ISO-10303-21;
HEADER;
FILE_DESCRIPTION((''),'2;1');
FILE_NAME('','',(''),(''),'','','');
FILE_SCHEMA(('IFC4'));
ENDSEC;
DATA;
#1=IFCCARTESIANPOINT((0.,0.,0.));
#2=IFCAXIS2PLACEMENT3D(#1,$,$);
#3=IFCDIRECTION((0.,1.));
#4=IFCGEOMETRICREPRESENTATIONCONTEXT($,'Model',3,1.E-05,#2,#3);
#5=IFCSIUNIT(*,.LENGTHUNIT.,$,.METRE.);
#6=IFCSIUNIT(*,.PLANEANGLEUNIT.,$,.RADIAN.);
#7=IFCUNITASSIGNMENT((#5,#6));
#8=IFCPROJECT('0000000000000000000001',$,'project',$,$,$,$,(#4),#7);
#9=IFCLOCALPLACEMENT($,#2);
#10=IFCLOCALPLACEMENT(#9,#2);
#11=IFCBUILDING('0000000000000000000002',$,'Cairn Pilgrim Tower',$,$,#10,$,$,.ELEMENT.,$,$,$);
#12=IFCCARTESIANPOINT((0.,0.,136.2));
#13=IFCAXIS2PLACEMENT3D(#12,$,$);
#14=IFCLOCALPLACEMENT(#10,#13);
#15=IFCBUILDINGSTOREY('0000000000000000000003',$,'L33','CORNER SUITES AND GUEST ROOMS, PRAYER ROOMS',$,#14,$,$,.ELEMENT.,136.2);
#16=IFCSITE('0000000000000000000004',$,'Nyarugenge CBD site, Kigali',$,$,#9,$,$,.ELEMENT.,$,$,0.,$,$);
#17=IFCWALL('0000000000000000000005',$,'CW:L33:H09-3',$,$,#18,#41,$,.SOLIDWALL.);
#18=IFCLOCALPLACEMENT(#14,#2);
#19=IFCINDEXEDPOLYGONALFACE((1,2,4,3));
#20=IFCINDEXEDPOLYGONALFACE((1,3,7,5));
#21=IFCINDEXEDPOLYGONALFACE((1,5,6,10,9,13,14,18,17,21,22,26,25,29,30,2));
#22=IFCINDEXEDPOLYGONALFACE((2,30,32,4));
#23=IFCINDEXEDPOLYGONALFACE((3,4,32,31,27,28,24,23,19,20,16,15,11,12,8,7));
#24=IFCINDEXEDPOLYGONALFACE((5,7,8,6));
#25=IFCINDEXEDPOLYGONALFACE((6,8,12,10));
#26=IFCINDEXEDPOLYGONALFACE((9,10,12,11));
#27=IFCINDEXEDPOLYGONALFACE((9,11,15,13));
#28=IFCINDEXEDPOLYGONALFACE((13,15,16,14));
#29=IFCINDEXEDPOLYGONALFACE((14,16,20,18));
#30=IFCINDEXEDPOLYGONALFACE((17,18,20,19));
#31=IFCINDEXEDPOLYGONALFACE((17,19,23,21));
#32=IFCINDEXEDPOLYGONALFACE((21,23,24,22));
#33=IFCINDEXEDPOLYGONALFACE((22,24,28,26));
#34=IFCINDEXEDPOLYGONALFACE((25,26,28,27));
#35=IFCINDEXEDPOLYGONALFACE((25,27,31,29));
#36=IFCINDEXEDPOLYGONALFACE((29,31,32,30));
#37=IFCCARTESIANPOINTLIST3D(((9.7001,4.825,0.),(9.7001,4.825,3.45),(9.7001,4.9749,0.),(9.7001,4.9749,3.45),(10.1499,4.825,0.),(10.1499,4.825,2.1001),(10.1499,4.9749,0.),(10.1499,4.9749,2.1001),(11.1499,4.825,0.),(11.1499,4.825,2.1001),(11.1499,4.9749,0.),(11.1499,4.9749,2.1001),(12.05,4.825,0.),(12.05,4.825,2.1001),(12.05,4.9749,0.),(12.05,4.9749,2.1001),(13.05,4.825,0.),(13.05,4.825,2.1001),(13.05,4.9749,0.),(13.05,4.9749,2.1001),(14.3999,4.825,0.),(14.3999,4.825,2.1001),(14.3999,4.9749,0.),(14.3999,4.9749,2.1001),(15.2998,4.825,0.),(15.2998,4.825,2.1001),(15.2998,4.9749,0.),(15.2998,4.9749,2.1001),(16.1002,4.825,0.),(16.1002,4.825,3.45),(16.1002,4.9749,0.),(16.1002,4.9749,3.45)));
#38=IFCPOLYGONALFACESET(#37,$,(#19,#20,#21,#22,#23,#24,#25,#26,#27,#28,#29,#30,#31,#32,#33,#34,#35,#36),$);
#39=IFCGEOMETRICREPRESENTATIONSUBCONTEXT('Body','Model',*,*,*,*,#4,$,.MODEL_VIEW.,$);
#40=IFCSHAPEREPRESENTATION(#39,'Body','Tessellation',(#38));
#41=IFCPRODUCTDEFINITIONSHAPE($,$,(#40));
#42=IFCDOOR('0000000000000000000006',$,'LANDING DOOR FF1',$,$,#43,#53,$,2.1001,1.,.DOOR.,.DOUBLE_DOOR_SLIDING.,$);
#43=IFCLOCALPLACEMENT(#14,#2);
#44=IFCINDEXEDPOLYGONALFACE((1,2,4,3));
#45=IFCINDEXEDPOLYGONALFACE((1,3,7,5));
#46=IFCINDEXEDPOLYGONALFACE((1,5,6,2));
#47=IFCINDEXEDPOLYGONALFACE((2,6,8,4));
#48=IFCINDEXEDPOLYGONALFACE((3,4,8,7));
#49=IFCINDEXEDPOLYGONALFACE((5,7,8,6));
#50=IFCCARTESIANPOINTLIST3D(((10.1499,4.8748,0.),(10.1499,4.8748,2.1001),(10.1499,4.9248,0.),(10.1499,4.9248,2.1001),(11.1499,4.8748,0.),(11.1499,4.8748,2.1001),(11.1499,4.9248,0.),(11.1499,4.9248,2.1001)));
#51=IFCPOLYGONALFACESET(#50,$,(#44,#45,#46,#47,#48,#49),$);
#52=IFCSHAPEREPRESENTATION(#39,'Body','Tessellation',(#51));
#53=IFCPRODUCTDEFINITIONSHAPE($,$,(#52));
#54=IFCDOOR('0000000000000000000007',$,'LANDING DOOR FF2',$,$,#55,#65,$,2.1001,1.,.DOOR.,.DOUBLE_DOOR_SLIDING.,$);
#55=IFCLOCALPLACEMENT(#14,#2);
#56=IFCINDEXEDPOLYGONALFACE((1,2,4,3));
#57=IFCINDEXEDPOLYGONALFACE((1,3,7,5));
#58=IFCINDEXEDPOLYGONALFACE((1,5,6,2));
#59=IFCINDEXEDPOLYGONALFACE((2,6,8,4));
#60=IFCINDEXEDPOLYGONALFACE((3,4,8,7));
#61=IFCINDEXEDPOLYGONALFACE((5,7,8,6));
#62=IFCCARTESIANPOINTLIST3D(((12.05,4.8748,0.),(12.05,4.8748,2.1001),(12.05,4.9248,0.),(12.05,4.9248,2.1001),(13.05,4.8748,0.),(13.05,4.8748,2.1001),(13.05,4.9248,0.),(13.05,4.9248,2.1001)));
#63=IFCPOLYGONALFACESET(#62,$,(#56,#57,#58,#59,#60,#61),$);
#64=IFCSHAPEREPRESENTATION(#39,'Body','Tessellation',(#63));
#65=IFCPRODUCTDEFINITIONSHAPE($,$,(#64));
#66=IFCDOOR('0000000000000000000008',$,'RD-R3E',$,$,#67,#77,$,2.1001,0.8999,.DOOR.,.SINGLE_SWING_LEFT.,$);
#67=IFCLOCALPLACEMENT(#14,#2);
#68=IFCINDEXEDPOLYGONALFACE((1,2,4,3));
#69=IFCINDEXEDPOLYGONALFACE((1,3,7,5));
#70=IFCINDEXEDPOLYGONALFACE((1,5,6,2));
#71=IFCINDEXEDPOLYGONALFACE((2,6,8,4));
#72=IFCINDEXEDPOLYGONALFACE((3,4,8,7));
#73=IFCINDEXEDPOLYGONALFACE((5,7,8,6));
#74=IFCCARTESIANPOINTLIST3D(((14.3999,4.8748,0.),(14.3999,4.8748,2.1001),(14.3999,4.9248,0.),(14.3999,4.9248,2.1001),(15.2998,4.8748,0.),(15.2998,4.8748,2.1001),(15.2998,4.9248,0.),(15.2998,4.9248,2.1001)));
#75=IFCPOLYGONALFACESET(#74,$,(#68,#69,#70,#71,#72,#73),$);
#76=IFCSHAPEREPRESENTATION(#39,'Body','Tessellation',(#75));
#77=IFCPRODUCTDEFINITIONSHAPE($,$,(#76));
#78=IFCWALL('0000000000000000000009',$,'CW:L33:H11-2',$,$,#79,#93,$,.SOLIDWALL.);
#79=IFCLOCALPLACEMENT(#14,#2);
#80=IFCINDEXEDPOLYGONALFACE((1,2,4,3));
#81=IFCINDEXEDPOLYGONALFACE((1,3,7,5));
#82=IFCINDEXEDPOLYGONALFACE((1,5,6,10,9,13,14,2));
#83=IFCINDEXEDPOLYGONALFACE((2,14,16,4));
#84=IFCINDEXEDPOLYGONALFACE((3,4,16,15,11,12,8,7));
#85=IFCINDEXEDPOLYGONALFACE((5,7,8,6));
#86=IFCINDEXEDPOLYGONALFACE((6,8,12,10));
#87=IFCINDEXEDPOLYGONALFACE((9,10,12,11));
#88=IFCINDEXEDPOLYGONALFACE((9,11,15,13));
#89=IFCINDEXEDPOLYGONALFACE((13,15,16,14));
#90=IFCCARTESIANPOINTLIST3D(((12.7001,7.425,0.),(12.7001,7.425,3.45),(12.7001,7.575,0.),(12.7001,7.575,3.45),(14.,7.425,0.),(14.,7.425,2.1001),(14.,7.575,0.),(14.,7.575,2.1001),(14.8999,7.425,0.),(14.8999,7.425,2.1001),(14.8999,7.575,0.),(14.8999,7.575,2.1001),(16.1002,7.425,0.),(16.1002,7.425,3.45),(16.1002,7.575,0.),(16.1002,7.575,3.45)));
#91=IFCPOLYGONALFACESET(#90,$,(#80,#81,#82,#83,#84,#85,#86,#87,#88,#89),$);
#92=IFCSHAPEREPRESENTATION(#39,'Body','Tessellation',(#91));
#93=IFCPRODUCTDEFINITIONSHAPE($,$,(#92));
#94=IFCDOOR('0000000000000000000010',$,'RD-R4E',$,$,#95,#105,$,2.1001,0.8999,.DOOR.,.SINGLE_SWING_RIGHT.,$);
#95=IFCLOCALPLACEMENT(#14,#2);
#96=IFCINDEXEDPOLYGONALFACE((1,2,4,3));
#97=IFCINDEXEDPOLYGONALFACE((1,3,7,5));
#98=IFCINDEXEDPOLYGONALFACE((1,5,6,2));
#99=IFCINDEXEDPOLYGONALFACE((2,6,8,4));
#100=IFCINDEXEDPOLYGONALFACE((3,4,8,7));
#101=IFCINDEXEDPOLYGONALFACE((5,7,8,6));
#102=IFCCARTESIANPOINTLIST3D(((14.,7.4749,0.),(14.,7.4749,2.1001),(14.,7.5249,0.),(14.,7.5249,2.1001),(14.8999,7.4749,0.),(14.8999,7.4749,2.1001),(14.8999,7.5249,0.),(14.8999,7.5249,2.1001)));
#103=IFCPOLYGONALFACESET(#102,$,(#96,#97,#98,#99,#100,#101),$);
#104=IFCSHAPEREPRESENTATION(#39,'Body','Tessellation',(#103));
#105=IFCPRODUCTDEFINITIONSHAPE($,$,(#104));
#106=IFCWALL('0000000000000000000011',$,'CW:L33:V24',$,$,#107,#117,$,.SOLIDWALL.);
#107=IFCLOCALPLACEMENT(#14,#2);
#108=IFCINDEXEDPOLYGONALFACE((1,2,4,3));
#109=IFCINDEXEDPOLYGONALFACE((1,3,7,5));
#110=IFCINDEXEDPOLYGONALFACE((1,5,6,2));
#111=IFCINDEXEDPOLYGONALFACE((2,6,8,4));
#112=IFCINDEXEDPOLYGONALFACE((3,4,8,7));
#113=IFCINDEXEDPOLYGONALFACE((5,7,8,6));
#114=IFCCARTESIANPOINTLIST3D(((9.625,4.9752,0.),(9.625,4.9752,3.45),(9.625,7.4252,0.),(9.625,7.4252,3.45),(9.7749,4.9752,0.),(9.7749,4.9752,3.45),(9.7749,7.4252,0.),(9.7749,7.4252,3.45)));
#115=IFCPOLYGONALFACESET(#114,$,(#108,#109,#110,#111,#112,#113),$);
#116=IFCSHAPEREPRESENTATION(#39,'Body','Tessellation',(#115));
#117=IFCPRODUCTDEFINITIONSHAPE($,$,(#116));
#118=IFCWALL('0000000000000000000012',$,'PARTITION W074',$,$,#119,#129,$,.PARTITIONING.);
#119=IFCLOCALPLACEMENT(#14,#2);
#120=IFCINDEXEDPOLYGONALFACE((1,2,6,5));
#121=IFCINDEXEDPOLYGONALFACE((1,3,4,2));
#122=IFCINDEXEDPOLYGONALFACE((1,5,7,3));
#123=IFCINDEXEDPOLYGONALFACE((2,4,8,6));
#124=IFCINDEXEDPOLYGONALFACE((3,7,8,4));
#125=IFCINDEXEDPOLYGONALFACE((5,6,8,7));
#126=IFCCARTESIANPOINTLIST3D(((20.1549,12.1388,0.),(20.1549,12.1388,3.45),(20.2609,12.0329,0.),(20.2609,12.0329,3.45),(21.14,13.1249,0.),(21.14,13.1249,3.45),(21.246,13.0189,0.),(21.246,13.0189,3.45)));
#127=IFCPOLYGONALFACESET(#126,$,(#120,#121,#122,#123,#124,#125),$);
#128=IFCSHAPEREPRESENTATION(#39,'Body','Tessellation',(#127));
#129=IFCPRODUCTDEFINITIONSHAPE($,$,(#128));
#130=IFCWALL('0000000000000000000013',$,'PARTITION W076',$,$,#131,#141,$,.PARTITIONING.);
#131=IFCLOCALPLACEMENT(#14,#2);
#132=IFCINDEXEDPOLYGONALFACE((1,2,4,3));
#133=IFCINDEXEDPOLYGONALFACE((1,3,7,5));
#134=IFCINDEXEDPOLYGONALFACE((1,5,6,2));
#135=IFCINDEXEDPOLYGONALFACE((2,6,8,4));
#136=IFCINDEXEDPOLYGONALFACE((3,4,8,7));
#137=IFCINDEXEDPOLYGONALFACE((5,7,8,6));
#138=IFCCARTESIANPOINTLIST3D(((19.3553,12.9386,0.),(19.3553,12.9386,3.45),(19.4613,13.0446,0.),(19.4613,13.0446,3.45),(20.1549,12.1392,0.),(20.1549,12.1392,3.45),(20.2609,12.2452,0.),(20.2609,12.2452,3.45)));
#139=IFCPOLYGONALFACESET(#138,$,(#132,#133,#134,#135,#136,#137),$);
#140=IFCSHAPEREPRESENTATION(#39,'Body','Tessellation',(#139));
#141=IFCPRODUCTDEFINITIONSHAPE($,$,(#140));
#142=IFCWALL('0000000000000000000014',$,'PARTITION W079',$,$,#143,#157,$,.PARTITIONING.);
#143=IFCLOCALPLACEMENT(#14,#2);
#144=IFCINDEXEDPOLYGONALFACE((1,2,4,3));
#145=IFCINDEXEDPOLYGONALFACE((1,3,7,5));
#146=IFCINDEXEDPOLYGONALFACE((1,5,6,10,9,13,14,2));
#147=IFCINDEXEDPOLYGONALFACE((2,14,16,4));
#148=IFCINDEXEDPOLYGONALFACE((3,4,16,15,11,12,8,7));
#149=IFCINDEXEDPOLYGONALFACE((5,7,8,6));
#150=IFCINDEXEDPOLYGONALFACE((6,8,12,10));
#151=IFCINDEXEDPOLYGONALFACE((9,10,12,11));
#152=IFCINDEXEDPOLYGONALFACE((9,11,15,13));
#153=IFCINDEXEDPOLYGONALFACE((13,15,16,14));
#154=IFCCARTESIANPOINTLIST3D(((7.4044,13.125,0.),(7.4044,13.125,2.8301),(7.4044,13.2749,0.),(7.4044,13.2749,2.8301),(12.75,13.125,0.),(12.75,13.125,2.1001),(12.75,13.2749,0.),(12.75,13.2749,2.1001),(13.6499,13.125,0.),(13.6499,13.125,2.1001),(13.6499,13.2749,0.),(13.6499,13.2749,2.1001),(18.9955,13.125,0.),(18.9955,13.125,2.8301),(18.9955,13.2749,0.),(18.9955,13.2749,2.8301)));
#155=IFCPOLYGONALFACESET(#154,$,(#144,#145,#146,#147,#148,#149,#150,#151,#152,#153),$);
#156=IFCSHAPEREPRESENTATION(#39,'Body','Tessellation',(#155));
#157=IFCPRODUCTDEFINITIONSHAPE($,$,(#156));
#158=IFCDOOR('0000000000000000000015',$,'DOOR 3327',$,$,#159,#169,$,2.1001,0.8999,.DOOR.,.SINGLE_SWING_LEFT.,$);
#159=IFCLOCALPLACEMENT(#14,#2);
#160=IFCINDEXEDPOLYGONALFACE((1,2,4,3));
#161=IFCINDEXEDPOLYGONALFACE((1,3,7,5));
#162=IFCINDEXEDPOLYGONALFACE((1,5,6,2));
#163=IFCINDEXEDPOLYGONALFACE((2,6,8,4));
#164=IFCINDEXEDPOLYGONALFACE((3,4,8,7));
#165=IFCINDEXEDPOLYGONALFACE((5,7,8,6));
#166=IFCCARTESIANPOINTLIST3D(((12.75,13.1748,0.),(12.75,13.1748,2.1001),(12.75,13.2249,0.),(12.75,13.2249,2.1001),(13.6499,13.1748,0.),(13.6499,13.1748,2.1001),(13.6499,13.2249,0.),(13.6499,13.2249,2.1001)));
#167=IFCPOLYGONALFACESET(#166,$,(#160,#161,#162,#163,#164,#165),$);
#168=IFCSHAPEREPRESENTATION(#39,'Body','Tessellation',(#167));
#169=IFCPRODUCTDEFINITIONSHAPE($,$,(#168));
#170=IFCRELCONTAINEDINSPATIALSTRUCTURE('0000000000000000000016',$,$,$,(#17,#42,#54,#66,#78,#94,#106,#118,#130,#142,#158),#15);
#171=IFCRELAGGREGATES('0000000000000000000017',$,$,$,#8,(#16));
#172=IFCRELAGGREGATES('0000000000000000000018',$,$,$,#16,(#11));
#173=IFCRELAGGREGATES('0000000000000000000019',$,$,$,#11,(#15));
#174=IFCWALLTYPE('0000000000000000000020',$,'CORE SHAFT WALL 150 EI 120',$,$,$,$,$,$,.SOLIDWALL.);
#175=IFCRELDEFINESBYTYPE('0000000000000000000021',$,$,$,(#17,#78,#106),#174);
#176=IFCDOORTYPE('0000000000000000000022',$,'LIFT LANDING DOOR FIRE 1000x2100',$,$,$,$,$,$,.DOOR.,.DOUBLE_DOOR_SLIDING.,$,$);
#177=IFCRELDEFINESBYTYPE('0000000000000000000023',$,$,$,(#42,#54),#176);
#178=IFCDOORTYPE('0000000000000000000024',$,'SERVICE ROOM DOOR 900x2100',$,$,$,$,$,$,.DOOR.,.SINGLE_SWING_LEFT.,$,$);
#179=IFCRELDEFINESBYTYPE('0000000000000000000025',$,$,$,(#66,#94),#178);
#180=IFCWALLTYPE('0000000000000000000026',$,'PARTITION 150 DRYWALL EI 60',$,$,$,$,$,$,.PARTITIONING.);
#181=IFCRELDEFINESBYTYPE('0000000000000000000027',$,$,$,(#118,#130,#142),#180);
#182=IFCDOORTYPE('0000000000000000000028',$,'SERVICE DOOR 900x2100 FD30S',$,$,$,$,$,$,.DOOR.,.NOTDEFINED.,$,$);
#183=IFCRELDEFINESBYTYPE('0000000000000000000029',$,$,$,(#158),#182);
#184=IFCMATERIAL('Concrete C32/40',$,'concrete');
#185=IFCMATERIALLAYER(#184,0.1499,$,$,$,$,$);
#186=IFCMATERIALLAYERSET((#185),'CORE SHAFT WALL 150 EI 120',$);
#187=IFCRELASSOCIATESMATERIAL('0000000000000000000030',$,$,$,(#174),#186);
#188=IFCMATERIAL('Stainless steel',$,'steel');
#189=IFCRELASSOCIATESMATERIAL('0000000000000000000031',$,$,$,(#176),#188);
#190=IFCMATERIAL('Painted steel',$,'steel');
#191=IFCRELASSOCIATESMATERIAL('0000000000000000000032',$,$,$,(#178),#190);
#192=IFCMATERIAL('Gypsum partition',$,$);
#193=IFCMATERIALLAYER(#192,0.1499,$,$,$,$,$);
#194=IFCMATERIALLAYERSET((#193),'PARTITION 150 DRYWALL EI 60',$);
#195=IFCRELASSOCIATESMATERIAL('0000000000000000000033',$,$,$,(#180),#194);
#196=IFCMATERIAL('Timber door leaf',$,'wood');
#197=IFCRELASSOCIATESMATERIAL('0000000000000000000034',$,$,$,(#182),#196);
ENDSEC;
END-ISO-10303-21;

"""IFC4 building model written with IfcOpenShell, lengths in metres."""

from ifc_helpers import new_model, si_unit, direction, frame, frame_2d, origin, place, context, subcontext, project, spatial, rectangle, extrude, material, layer, layer_set, type_object, element, fill, save


model = new_model("IFC4")

# Units and contexts
model_context = context("Model", 3, precision=1e-05, world=origin(), true_north=direction((0.0, 1.0)))
body_context = subcontext(model_context, "Body", "Model", "MODEL_VIEW")
ifc_project = project(units=[si_unit("LENGTHUNIT", "METRE"), si_unit("PLANEANGLEUNIT", "RADIAN")], contexts=[model_context])

# Site, building, storey
site_placement = place(None, origin())
site = spatial("IfcSite", under=ifc_project, at=site_placement, Name="Nyarugenge CBD site, Kigali", CompositionType="ELEMENT", RefElevation=0.0)
building_placement = place(site_placement, origin())
building = spatial("IfcBuilding", under=site, at=building_placement, Name="Cairn Pilgrim Tower", CompositionType="ELEMENT")
storey_placement = place(building_placement, frame((0.0, 0.0, 136.2)))
storey = spatial("IfcBuildingStorey", under=building, at=storey_placement, Name="L33", Description="CORNER SUITES AND GUEST ROOMS, PRAYER ROOMS", CompositionType="ELEMENT", Elevation=136.2)

# Shared definitions
ifc_material_1 = material(Name="Concrete C32/40", Category="concrete")

# Wall, openings, doors
ifc_layer_1 = layer(ifc_material_1, 0.1499)
ifc_layer_set_1 = layer_set([ifc_layer_1], Name="CORE SHAFT WALL 150 EI 120")
wall_type_1 = type_object("IfcWallType", Name="CORE SHAFT WALL 150 EI 120", PredefinedType="SOLIDWALL", material=ifc_layer_set_1)
wall_1_placement = place(storey_placement, frame((9.7, 4.8999, 0.0), z_axis=(0.0, 0.0, 1.0), x_axis=(1.0, 0.0, 0.0)))
wall_1 = element("IfcWall", 1, at=wall_1_placement, inside=storey, type_object=wall_type_1, Name="CW:L33:H09-3", PredefinedType="SOLIDWALL", context=body_context, shape_type="SweptSolid", body=[
    extrude(rectangle(XDim=6.4001, YDim=0.1499, at=frame_2d((3.2002, 0.0))), origin(), (0.0, 0.0, 1.0), 3.45),
])
opening_1_placement = place(wall_1_placement, frame((0.45, 0.0, 0.0)))
opening_1 = element("IfcOpeningElement", 2, at=opening_1_placement, cuts=wall_1, PredefinedType="OPENING", context=body_context, shape_type="SweptSolid", body=[
    extrude(rectangle(XDim=1.0, YDim=2.1001, at=frame_2d((0.5, 1.05))), frame((0.0, 0.085, 0.0), z_axis=(0.0, -1.0, 0.0), x_axis=(1.0, 0.0, 0.0)), (0.0, 0.0, 1.0), 0.1699),
])
opening_2_placement = place(wall_1_placement, frame((2.3501, 0.0, 0.0)))
opening_2 = element("IfcOpeningElement", 3, at=opening_2_placement, cuts=wall_1, PredefinedType="OPENING", context=body_context, shape_type="SweptSolid", body=[
    extrude(rectangle(XDim=1.0, YDim=2.1001, at=frame_2d((0.5, 1.05))), frame((0.0, 0.085, 0.0), z_axis=(0.0, -1.0, 0.0), x_axis=(1.0, 0.0, 0.0)), (0.0, 0.0, 1.0), 0.1699),
])
opening_3_placement = place(wall_1_placement, frame((4.7, 0.0, 0.0)))
opening_3 = element("IfcOpeningElement", 4, at=opening_3_placement, cuts=wall_1, PredefinedType="OPENING", context=body_context, shape_type="SweptSolid", body=[
    extrude(rectangle(XDim=0.8999, YDim=2.1001, at=frame_2d((0.45, 1.05))), frame((0.0, 0.085, 0.0), z_axis=(0.0, -1.0, 0.0), x_axis=(1.0, 0.0, 0.0)), (0.0, 0.0, 1.0), 0.1699),
])
ifc_material_2 = material(Name="Stainless steel", Category="steel")
door_type_1 = type_object("IfcDoorType", Name="LIFT LANDING DOOR FIRE 1000x2100", OperationType="DOUBLE_DOOR_SLIDING", PredefinedType="DOOR", material=ifc_material_2)
door_1_placement = place(opening_1_placement, origin())
door_1 = element("IfcDoor", 5, at=door_1_placement, inside=storey, type_object=door_type_1, Name="LANDING DOOR FF1", OperationType="DOUBLE_DOOR_SLIDING", OverallHeight=2.1001, OverallWidth=1.0, PredefinedType="DOOR", context=body_context, shape_type="SweptSolid", body=[
    extrude(rectangle(XDim=1.0, YDim=2.1001, at=frame_2d((0.5, 1.05))), frame((0.0, 0.0249, 0.0), z_axis=(0.0, -1.0, 0.0), x_axis=(1.0, 0.0, 0.0)), (0.0, 0.0, 1.0), 0.05),
])
fill(opening_1, door_1)
door_2_placement = place(opening_2_placement, origin())
door_2 = element("IfcDoor", 6, at=door_2_placement, inside=storey, type_object=door_type_1, Name="LANDING DOOR FF2", OperationType="DOUBLE_DOOR_SLIDING", OverallHeight=2.1001, OverallWidth=1.0, PredefinedType="DOOR", context=body_context, shape_type="SweptSolid", body=[
    extrude(rectangle(XDim=1.0, YDim=2.1001, at=frame_2d((0.5, 1.05))), frame((0.0, 0.0249, 0.0), z_axis=(0.0, -1.0, 0.0), x_axis=(1.0, 0.0, 0.0)), (0.0, 0.0, 1.0), 0.05),
])
fill(opening_2, door_2)
ifc_material_3 = material(Name="Painted steel", Category="steel")
door_type_2 = type_object("IfcDoorType", Name="SERVICE ROOM DOOR 900x2100", OperationType="SINGLE_SWING_LEFT", PredefinedType="DOOR", material=ifc_material_3)
door_3_placement = place(opening_3_placement, origin())
door_3 = element("IfcDoor", 7, at=door_3_placement, inside=storey, type_object=door_type_2, Name="RD-R3E", OperationType="SINGLE_SWING_LEFT", OverallHeight=2.1001, OverallWidth=0.8999, PredefinedType="DOOR", context=body_context, shape_type="SweptSolid", body=[
    extrude(rectangle(XDim=0.8999, YDim=2.1001, at=frame_2d((0.45, 1.05))), frame((0.0, 0.0249, 0.0), z_axis=(0.0, -1.0, 0.0), x_axis=(1.0, 0.0, 0.0)), (0.0, 0.0, 1.0), 0.05),
])
fill(opening_3, door_3)

# Wall, opening, door
wall_2_placement = place(storey_placement, frame((12.7, 7.5, 0.0), z_axis=(0.0, 0.0, 1.0), x_axis=(1.0, 0.0, 0.0)))
wall_2 = element("IfcWall", 8, at=wall_2_placement, inside=storey, type_object=wall_type_1, Name="CW:L33:H11-2", PredefinedType="SOLIDWALL", context=body_context, shape_type="SweptSolid", body=[
    extrude(rectangle(XDim=3.4001, YDim=0.1499, at=frame_2d((1.7002, 0.0))), origin(), (0.0, 0.0, 1.0), 3.45),
])
opening_4_placement = place(wall_2_placement, frame((1.3, 0.0, 0.0)))
opening_4 = element("IfcOpeningElement", 9, at=opening_4_placement, cuts=wall_2, PredefinedType="OPENING", context=body_context, shape_type="SweptSolid", body=[
    extrude(rectangle(XDim=0.8999, YDim=2.1001, at=frame_2d((0.45, 1.05))), frame((0.0, 0.085, 0.0), z_axis=(0.0, -1.0, 0.0), x_axis=(1.0, 0.0, 0.0)), (0.0, 0.0, 1.0), 0.1699),
])
door_4_placement = place(opening_4_placement, origin())
door_4 = element("IfcDoor", 10, at=door_4_placement, inside=storey, type_object=door_type_2, Name="RD-R4E", OperationType="SINGLE_SWING_RIGHT", OverallHeight=2.1001, OverallWidth=0.8999, PredefinedType="DOOR", context=body_context, shape_type="SweptSolid", body=[
    extrude(rectangle(XDim=0.8999, YDim=2.1001, at=frame_2d((0.45, 1.05))), frame((0.0, 0.0249, 0.0), z_axis=(0.0, -1.0, 0.0), x_axis=(1.0, 0.0, 0.0)), (0.0, 0.0, 1.0), 0.05),
])
fill(opening_4, door_4)

# Walls
wall_3_placement = place(storey_placement, frame((9.7, 4.9751, 0.0), z_axis=(0.0, 0.0, 1.0), x_axis=(0.0, 1.0, 0.0)))
element("IfcWall", 11, at=wall_3_placement, inside=storey, type_object=wall_type_1, Name="CW:L33:V24", PredefinedType="SOLIDWALL", context=body_context, shape_type="SweptSolid", body=[
    extrude(rectangle(XDim=2.45, YDim=0.1499, at=frame_2d((1.2251, 0.0))), origin(), (0.0, 0.0, 1.0), 3.45),
])
ifc_material_4 = material(Name="Gypsum partition")
ifc_layer_2 = layer(ifc_material_4, 0.1499)
ifc_layer_set_2 = layer_set([ifc_layer_2], Name="PARTITION 150 DRYWALL EI 60")
wall_type_2 = type_object("IfcWallType", Name="PARTITION 150 DRYWALL EI 60", PredefinedType="PARTITIONING", material=ifc_layer_set_2)
wall_4_placement = place(storey_placement, frame((20.208, 12.0859, 0.0), z_axis=(0.0, 0.0, 1.0), x_axis=(0.706756, 0.707457, 0.0)))
element("IfcWall", 12, at=wall_4_placement, inside=storey, type_object=wall_type_2, Name="PARTITION W074", PredefinedType="PARTITIONING", context=body_context, shape_type="SweptSolid", body=[
    extrude(rectangle(XDim=1.3938, YDim=0.1499, at=frame_2d((0.6968, 0.0))), origin(), (0.0, 0.0, 1.0), 3.45),
])
wall_5_placement = place(storey_placement, frame((20.208, 12.1921, 0.0), z_axis=(0.0, 0.0, 1.0), x_axis=(-0.707215, 0.706999, 0.0)))
element("IfcWall", 13, at=wall_5_placement, inside=storey, type_object=wall_type_2, Name="PARTITION W076", PredefinedType="PARTITIONING", context=body_context, shape_type="SweptSolid", body=[
    extrude(rectangle(XDim=1.1306, YDim=0.1499, at=frame_2d((0.5654, 0.0))), origin(), (0.0, 0.0, 1.0), 3.45),
])

# Wall, opening, door
wall_6_placement = place(storey_placement, frame((7.4045, 13.2, 0.0), z_axis=(0.0, 0.0, 1.0), x_axis=(1.0, 0.0, 0.0)))
wall_6 = element("IfcWall", 14, at=wall_6_placement, inside=storey, type_object=wall_type_2, Name="PARTITION W079", PredefinedType="PARTITIONING", context=body_context, shape_type="SweptSolid", body=[
    extrude(rectangle(XDim=11.5911, YDim=0.1499, at=frame_2d((5.7954, 0.0))), origin(), (0.0, 0.0, 1.0), 2.8301),
])
opening_5_placement = place(wall_6_placement, frame((5.3455, 0.0, 0.0)))
opening_5 = element("IfcOpeningElement", 15, at=opening_5_placement, cuts=wall_6, PredefinedType="OPENING", context=body_context, shape_type="SweptSolid", body=[
    extrude(rectangle(XDim=0.8999, YDim=2.1001, at=frame_2d((0.45, 1.05))), frame((0.0, 0.085, 0.0), z_axis=(0.0, -1.0, 0.0), x_axis=(1.0, 0.0, 0.0)), (0.0, 0.0, 1.0), 0.1699),
])
ifc_material_5 = material(Name="Timber door leaf", Category="wood")
door_type_3 = type_object("IfcDoorType", Name="SERVICE DOOR 900x2100 FD30S", OperationType="NOTDEFINED", PredefinedType="DOOR", material=ifc_material_5)
door_5_placement = place(opening_5_placement, origin())
door_5 = element("IfcDoor", 16, at=door_5_placement, inside=storey, type_object=door_type_3, Name="DOOR 3327", OperationType="SINGLE_SWING_LEFT", OverallHeight=2.1001, OverallWidth=0.8999, PredefinedType="DOOR", context=body_context, shape_type="SweptSolid", body=[
    extrude(rectangle(XDim=0.8999, YDim=2.1001, at=frame_2d((0.45, 1.05))), frame((0.0, 0.0249, 0.0), z_axis=(0.0, -1.0, 0.0), x_axis=(1.0, 0.0, 0.0)), (0.0, 0.0, 1.0), 0.05),
])
fill(opening_5, door_5)

save(model, "model.ifc")
